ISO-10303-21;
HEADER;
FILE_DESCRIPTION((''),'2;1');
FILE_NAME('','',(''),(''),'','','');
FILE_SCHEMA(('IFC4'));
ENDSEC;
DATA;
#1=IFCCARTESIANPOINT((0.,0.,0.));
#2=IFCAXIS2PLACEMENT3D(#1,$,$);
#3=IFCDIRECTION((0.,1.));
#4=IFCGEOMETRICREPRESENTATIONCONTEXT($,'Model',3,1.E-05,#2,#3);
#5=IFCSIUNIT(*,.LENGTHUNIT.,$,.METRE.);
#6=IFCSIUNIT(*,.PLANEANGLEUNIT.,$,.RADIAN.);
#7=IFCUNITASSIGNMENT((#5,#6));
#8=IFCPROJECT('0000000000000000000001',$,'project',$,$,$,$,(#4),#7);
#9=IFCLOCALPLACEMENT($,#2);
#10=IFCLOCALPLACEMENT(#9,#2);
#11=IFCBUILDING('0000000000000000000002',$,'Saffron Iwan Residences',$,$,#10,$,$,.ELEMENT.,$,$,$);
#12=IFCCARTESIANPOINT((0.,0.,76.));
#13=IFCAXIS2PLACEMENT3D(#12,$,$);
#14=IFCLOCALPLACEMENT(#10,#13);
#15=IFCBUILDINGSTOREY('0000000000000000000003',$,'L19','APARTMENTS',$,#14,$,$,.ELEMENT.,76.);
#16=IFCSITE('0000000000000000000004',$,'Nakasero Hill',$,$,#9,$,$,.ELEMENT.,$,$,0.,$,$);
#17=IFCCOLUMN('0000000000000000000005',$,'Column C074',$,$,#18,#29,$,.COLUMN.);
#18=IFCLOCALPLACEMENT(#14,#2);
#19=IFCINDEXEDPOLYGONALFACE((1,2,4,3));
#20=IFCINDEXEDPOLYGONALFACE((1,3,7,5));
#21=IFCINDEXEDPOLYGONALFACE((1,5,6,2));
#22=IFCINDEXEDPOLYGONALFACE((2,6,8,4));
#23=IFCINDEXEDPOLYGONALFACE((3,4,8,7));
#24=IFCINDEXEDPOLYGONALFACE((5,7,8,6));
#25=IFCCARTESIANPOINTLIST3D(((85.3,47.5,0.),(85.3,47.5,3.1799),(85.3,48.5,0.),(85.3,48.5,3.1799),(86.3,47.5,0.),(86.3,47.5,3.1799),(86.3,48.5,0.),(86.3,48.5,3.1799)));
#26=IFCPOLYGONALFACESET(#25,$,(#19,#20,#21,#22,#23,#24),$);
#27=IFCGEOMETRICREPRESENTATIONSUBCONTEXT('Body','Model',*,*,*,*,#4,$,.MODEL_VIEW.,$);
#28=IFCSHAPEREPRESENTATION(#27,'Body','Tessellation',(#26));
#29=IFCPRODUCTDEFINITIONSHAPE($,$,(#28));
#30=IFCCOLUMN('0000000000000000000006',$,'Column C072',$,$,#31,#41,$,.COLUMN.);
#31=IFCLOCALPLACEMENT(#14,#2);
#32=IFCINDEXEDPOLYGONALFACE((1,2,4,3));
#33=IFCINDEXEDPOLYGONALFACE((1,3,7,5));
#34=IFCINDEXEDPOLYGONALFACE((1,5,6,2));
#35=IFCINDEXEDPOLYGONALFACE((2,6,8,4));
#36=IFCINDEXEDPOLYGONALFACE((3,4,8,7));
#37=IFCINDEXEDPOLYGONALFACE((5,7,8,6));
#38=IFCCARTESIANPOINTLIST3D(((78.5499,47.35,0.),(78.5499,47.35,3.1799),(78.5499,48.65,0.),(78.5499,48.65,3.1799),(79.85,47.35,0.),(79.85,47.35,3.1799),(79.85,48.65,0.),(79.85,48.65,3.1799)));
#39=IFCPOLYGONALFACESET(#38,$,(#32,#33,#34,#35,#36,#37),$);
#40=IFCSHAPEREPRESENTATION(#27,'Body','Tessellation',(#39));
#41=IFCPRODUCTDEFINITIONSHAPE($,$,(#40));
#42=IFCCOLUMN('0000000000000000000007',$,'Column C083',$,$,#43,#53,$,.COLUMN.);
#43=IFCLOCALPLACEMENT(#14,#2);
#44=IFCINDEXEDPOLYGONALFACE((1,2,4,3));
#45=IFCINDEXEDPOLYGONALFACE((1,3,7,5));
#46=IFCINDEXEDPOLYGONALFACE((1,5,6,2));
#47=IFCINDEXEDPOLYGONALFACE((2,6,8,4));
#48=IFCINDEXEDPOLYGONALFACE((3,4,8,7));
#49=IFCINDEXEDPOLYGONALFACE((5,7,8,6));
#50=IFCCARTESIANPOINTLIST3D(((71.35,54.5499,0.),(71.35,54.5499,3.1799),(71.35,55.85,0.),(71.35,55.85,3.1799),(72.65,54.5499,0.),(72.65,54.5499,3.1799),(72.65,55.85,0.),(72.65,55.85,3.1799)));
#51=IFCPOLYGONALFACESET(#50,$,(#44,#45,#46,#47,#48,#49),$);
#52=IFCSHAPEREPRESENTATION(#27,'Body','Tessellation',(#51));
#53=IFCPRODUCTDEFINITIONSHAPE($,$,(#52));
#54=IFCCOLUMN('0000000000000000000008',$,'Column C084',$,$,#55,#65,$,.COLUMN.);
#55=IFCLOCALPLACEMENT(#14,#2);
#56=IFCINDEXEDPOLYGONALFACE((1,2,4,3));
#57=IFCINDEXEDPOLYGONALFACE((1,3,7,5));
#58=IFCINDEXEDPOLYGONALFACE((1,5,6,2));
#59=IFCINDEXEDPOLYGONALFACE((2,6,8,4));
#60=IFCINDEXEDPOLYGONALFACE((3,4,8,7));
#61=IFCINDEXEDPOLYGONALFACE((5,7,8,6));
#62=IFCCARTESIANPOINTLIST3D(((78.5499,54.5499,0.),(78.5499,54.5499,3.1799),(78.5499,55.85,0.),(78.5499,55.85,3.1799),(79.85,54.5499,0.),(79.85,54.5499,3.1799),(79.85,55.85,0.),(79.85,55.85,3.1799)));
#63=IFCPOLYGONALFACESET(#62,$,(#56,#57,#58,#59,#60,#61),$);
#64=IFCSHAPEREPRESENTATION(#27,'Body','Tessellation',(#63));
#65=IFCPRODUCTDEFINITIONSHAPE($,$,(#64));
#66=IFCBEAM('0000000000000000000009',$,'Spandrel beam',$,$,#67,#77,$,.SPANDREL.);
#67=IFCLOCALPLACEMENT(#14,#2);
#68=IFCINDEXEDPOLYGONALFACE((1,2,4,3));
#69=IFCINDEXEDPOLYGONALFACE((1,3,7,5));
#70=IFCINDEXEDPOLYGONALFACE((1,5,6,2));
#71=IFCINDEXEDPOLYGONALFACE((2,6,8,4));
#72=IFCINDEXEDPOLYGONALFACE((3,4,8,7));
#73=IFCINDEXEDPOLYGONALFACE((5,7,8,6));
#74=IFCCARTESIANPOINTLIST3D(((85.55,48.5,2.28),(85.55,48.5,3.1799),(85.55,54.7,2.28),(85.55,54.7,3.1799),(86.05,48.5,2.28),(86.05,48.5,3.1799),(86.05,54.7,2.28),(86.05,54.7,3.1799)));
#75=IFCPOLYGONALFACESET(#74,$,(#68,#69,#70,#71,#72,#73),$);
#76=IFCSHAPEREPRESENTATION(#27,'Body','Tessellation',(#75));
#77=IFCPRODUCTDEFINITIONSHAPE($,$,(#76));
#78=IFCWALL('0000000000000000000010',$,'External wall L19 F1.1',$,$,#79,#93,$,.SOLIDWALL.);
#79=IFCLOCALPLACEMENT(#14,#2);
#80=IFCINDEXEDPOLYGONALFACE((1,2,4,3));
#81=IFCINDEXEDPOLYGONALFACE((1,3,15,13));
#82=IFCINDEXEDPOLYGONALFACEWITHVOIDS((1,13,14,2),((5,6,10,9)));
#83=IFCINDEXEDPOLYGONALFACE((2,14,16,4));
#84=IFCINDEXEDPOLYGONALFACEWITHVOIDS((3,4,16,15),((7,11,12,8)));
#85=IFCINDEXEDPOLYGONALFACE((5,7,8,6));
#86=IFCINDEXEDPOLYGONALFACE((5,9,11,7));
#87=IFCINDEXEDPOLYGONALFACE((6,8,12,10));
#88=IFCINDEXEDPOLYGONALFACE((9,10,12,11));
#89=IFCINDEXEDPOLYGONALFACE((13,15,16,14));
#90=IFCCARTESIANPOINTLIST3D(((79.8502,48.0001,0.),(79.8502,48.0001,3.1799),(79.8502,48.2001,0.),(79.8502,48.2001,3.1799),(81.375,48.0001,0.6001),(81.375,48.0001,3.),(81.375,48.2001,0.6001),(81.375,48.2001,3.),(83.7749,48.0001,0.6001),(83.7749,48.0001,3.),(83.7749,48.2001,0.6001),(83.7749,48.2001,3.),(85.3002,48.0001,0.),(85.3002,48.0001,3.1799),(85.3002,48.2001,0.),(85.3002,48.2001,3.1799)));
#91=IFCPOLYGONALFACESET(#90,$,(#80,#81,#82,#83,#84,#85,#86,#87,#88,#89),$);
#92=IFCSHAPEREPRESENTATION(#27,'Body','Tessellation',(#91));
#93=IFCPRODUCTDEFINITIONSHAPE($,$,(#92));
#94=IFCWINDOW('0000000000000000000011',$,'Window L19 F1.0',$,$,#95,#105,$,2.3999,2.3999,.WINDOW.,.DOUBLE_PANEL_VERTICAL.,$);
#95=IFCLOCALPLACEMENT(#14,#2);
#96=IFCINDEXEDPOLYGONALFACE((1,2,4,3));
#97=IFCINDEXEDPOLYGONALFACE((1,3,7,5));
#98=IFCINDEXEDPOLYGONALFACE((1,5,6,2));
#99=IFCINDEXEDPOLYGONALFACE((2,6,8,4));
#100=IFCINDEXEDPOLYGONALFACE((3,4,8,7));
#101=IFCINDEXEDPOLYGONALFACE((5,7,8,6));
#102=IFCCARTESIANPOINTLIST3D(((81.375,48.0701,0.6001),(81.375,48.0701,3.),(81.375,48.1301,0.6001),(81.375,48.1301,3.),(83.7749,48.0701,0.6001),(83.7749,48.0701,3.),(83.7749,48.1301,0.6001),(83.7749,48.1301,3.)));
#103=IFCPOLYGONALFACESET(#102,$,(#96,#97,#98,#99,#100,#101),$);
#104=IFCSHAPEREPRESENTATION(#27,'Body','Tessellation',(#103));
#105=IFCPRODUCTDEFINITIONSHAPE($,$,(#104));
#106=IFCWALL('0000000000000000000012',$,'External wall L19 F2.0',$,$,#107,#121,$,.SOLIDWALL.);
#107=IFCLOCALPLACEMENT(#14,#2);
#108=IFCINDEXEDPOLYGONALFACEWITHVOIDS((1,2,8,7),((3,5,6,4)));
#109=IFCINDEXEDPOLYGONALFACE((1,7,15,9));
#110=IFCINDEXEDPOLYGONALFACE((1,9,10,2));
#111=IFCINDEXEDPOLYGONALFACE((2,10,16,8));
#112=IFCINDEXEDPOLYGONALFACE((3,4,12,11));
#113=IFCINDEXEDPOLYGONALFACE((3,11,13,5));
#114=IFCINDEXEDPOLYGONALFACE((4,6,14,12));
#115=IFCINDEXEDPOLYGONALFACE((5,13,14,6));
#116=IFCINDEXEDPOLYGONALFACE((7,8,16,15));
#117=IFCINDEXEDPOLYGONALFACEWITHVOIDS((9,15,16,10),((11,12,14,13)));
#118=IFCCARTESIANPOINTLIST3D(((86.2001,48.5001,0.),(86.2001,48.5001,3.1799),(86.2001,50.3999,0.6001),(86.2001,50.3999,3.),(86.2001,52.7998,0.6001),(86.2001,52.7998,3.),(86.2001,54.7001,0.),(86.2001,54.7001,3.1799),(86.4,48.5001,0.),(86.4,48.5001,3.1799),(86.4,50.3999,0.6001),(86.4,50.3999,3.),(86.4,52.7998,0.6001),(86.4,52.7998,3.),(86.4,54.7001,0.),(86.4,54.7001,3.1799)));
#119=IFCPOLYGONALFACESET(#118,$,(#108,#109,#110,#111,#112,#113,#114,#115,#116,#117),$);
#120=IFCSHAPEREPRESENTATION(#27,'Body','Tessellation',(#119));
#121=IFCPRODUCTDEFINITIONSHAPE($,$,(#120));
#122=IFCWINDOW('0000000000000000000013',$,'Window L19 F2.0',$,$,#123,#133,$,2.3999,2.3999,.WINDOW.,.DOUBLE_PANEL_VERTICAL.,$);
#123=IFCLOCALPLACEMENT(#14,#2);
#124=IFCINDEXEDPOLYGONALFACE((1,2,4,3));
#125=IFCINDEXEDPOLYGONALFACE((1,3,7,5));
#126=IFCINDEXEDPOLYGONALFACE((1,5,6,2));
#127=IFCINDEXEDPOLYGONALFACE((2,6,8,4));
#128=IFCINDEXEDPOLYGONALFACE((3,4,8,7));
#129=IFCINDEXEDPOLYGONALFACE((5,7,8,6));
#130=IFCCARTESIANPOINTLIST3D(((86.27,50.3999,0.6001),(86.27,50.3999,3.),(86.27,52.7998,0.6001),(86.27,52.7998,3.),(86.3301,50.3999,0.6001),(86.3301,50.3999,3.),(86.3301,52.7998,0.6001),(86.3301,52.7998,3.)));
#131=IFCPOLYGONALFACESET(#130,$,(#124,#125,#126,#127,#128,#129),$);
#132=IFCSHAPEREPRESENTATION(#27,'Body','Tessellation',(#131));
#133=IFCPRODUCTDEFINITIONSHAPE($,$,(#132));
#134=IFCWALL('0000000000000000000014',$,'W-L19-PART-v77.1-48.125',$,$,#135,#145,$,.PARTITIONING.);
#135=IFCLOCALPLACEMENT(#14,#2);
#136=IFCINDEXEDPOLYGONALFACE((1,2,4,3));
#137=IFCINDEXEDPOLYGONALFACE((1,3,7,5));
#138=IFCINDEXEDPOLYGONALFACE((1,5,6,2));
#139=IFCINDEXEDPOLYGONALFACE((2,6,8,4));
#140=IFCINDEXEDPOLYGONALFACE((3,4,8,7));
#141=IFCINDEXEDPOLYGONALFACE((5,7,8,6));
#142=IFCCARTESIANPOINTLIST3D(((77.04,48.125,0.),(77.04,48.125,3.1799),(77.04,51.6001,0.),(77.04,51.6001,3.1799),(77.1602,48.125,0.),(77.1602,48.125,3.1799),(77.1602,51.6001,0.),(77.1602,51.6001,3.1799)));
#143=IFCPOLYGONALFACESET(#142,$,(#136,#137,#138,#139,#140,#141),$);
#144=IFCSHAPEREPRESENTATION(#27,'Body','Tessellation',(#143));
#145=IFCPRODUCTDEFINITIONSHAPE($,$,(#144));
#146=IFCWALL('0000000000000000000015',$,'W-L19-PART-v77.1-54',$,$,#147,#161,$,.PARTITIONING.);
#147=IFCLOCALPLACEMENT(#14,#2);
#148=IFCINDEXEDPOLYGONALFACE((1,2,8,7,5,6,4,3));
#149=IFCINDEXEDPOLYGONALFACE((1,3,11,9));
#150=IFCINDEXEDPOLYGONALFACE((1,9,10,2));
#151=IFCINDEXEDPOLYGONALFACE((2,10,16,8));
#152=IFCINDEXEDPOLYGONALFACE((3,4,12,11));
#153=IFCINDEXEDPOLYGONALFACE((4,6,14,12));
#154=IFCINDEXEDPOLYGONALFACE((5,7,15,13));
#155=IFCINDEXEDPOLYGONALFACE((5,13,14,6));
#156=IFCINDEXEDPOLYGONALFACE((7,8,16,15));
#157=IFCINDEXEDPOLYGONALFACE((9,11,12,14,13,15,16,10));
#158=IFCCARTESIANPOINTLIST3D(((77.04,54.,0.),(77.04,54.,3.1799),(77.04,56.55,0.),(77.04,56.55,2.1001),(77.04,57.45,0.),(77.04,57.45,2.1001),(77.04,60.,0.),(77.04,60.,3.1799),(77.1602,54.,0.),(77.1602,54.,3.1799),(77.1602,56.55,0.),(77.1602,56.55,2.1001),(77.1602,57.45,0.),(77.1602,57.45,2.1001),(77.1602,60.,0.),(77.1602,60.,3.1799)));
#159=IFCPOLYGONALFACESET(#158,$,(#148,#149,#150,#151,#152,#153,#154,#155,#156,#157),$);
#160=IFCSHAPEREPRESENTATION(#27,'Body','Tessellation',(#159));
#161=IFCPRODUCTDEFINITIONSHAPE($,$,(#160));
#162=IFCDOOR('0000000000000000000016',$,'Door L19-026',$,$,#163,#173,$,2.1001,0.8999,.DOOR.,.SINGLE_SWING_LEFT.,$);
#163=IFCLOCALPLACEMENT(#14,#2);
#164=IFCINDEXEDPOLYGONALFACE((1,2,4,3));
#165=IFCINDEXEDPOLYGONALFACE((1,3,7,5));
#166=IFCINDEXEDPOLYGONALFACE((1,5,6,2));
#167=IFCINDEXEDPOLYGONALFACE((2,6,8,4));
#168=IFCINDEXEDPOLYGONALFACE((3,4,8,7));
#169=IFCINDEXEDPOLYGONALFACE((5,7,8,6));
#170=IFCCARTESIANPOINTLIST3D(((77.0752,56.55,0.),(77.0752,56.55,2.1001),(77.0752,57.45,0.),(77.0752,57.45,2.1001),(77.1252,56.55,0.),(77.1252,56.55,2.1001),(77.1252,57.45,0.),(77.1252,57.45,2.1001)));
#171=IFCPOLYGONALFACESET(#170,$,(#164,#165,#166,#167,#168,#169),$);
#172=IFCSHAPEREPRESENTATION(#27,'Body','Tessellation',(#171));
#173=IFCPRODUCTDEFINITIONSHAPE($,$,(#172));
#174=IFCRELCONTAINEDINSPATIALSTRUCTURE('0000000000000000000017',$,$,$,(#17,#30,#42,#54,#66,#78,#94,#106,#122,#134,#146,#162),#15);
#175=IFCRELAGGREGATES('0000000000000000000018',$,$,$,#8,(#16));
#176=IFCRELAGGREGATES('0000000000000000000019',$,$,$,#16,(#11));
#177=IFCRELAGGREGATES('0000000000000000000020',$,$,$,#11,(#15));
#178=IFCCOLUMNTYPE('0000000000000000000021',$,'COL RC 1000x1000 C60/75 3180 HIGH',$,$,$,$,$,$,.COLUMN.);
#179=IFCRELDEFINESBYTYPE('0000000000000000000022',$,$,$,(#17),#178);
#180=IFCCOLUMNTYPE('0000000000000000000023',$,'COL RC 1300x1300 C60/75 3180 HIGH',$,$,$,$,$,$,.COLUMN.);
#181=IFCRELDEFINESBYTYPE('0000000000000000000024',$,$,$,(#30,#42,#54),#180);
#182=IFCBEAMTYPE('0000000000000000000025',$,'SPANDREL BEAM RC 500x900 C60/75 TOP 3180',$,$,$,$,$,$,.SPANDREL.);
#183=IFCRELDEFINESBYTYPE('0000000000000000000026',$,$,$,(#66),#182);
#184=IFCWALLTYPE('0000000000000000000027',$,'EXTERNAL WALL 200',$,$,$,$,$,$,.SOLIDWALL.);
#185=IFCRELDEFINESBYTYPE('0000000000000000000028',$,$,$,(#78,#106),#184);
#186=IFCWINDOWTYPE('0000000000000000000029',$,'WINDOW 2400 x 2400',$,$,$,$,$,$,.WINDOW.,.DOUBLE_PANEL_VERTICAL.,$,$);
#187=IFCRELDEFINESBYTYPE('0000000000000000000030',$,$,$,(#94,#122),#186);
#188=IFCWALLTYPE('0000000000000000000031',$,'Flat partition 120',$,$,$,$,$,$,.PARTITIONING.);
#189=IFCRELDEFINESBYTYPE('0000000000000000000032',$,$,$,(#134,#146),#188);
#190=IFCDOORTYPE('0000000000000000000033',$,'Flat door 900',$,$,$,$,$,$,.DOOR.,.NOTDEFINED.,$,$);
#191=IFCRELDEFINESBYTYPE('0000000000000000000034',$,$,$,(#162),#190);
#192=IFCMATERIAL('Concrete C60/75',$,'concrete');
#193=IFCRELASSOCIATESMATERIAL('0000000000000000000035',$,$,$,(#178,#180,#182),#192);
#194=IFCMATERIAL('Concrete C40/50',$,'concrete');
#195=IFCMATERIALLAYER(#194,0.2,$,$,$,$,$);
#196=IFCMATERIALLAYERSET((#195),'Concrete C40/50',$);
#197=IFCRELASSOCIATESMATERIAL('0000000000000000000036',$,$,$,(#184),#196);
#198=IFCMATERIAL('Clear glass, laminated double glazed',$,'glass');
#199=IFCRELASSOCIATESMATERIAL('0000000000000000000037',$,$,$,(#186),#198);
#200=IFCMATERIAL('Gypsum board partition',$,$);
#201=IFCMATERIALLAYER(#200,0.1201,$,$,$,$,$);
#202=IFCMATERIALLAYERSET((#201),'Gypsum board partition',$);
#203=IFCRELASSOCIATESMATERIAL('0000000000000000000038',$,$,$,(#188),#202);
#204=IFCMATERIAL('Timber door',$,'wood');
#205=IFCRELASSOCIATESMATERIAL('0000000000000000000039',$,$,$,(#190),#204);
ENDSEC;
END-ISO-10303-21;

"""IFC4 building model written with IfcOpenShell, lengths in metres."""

from ifc_helpers import new_model, si_unit, direction, frame, frame_2d, origin, origin_2d, place, context, subcontext, project, spatial, rectangle, extrude, source, transform, mapped, material, layer, layer_set, material_profile, profile_set, type_object, element, fill, save


model = new_model("IFC4")

# Units and contexts
model_context = context("Model", 3, precision=1e-05, world=origin(), true_north=direction((0.0, 1.0)))
body_context = subcontext(model_context, "Body", "Model", "MODEL_VIEW")
ifc_project = project(units=[si_unit("LENGTHUNIT", "METRE"), si_unit("PLANEANGLEUNIT", "RADIAN")], contexts=[model_context])

# Site, building, storey
site_placement = place(None, origin())
site = spatial("IfcSite", under=ifc_project, at=site_placement, Name="Nakasero Hill", CompositionType="ELEMENT", RefElevation=0.0)
building_placement = place(site_placement, origin())
building = spatial("IfcBuilding", under=site, at=building_placement, Name="Saffron Iwan Residences", CompositionType="ELEMENT")
storey_placement = place(building_placement, frame((0.0, 0.0, 76.0)))
storey = spatial("IfcBuildingStorey", under=building, at=storey_placement, Name="L19", Description="APARTMENTS", CompositionType="ELEMENT", Elevation=76.0)

# Columns
ifc_material_1 = material(Name="Concrete C60/75", Category="concrete")
ifc_material_profile_1 = material_profile(ifc_material_1, rectangle(XDim=1.0, YDim=1.0, at=origin_2d()), Name="RC 1000x1000")
ifc_profile_set_1 = profile_set([ifc_material_profile_1], Name="Concrete C60/75")
column_type_1 = type_object("IfcColumnType", Name="COL RC 1000x1000 C60/75 3180 HIGH", PredefinedType="COLUMN", material=ifc_profile_set_1)
shared_shape_1 = source(origin(), body_context, "Body", "SweptSolid", [
    extrude(rectangle(XDim=1.0, YDim=1.0, at=origin_2d()), origin(), (0.0, 0.0, 1.0), 3.1799),
])
column_placement = place(storey_placement, frame((85.8, 48.0, 0.0), z_axis=(0.0, 0.0, 1.0), x_axis=(1.0, 0.0, 0.0)))
element("IfcColumn", 1, at=column_placement, inside=storey, type_object=column_type_1, Name="Column C074", PredefinedType="COLUMN", context=body_context, shape_type="MappedRepresentation", body=[
    mapped(shared_shape_1, transform((0.0, 0.0, 0.0))),
])
ifc_material_profile_2 = material_profile(ifc_material_1, rectangle(XDim=1.3, YDim=1.3, at=origin_2d()), Name="RC 1300x1300")
ifc_profile_set_2 = profile_set([ifc_material_profile_2], Name="Concrete C60/75")
column_type_2 = type_object("IfcColumnType", Name="COL RC 1300x1300 C60/75 3180 HIGH", PredefinedType="COLUMN", material=ifc_profile_set_2)
shared_shape_2 = source(origin(), body_context, "Body", "SweptSolid", [
    extrude(rectangle(XDim=1.3, YDim=1.3, at=origin_2d()), origin(), (0.0, 0.0, 1.0), 3.1799),
])
for number, where, z_axis, x_axis, name in (
    (2, (79.2, 48.0, 0.0), (0.0, 0.0, 1.0), (1.0, 0.0, 0.0), "Column C072"),
    (3, (72.0, 55.2, 0.0), (0.0, 0.0, 1.0), (1.0, 0.0, 0.0), "Column C083"),
    (4, (79.2, 55.2, 0.0), (0.0, 0.0, 1.0), (1.0, 0.0, 0.0), "Column C084"),
):
    element("IfcColumn", number, at=place(storey_placement, frame(where, z_axis=z_axis, x_axis=x_axis)), inside=storey, type_object=column_type_2, Name=name, PredefinedType="COLUMN", context=body_context, shape_type="MappedRepresentation", body=[
        mapped(shared_shape_2, transform((0.0, 0.0, 0.0))),
    ])

# Beam
ifc_material_profile_3 = material_profile(ifc_material_1, rectangle(XDim=0.5, YDim=0.8999, at=origin_2d()), Name="RC 500x900")
ifc_profile_set_3 = profile_set([ifc_material_profile_3], Name="Concrete C60/75")
beam_type = type_object("IfcBeamType", Name="SPANDREL BEAM RC 500x900 C60/75 TOP 3180", PredefinedType="SPANDREL", material=ifc_profile_set_3)
shared_shape_3 = source(origin(), body_context, "Body", "SweptSolid", [
    extrude(rectangle(XDim=0.5, YDim=0.8999, at=origin_2d()), origin(), (0.0, 0.0, 1.0), 6.2),
])
beam_placement = place(storey_placement, frame((85.8, 54.7, 2.73), z_axis=(0.0, -1.0, 0.0), x_axis=(1.0, 0.0, 0.0)))
element("IfcBeam", 5, at=beam_placement, inside=storey, type_object=beam_type, Name="Spandrel beam", PredefinedType="SPANDREL", context=body_context, shape_type="MappedRepresentation", body=[
    mapped(shared_shape_3, transform((0.0, 0.0, 0.0))),
])

# Walls, openings, windows
ifc_material_2 = material(Name="Concrete C40/50", Category="concrete")
ifc_layer_1 = layer(ifc_material_2, 0.2)
ifc_layer_set_1 = layer_set([ifc_layer_1], Name="Concrete C40/50")
wall_type_1 = type_object("IfcWallType", Name="EXTERNAL WALL 200", PredefinedType="SOLIDWALL", material=ifc_layer_set_1)
wall_1_placement = place(storey_placement, frame((79.8501, 48.1001, 0.0), z_axis=(0.0, 0.0, 1.0), x_axis=(1.0, 0.0, 0.0)))
wall_1 = element("IfcWall", 6, at=wall_1_placement, inside=storey, type_object=wall_type_1, Name="External wall L19 F1.1", PredefinedType="SOLIDWALL", context=body_context, shape_type="SweptSolid", body=[
    extrude(rectangle(XDim=5.45, YDim=0.2, at=frame_2d((2.7251, 0.0))), origin(), (0.0, 0.0, 1.0), 3.1799),
])
opening_1_placement = place(wall_1_placement, frame((1.5249, 0.0, 0.6001)))
opening_1 = element("IfcOpeningElement", 7, at=opening_1_placement, cuts=wall_1, PredefinedType="OPENING", context=body_context, shape_type="SweptSolid", body=[
    extrude(rectangle(XDim=2.3999, YDim=2.3999, at=frame_2d((1.2, 1.2))), frame((0.0, 0.1099, 0.0), z_axis=(0.0, -1.0, 0.0), x_axis=(1.0, 0.0, 0.0)), (0.0, 0.0, 1.0), 0.22),
])
ifc_material_3 = material(Name="Clear glass, laminated double glazed", Category="glass")
window_type = type_object("IfcWindowType", Name="WINDOW 2400 x 2400", PartitioningType="DOUBLE_PANEL_VERTICAL", PredefinedType="WINDOW", material=ifc_material_3)
window_1_placement = place(opening_1_placement, origin())
window_1 = element("IfcWindow", 8, at=window_1_placement, inside=storey, type_object=window_type, Name="Window L19 F1.0", OverallHeight=2.3999, OverallWidth=2.3999, PartitioningType="DOUBLE_PANEL_VERTICAL", PredefinedType="WINDOW", context=body_context, shape_type="SweptSolid", body=[
    extrude(rectangle(XDim=2.3999, YDim=2.3999, at=frame_2d((1.2, 1.2))), frame((0.0, 0.03, 0.0), z_axis=(0.0, -1.0, 0.0), x_axis=(1.0, 0.0, 0.0)), (0.0, 0.0, 1.0), 0.0601),
])
fill(opening_1, window_1)
wall_2_placement = place(storey_placement, frame((86.3, 48.5, 0.0), z_axis=(0.0, 0.0, 1.0), x_axis=(0.0, 1.0, 0.0)))
wall_2 = element("IfcWall", 9, at=wall_2_placement, inside=storey, type_object=wall_type_1, Name="External wall L19 F2.0", PredefinedType="SOLIDWALL", context=body_context, shape_type="SweptSolid", body=[
    extrude(rectangle(XDim=6.2, YDim=0.2, at=frame_2d((3.1001, 0.0))), origin(), (0.0, 0.0, 1.0), 3.1799),
])
opening_2_placement = place(wall_2_placement, frame((1.8999, 0.0, 0.6001)))
opening_2 = element("IfcOpeningElement", 10, at=opening_2_placement, cuts=wall_2, PredefinedType="OPENING", context=body_context, shape_type="SweptSolid", body=[
    extrude(rectangle(XDim=2.3999, YDim=2.3999, at=frame_2d((1.2, 1.2))), frame((0.0, 0.1099, 0.0), z_axis=(0.0, -1.0, 0.0), x_axis=(1.0, 0.0, 0.0)), (0.0, 0.0, 1.0), 0.22),
])
window_2_placement = place(opening_2_placement, origin())
window_2 = element("IfcWindow", 11, at=window_2_placement, inside=storey, type_object=window_type, Name="Window L19 F2.0", OverallHeight=2.3999, OverallWidth=2.3999, PartitioningType="DOUBLE_PANEL_VERTICAL", PredefinedType="WINDOW", context=body_context, shape_type="SweptSolid", body=[
    extrude(rectangle(XDim=2.3999, YDim=2.3999, at=frame_2d((1.2, 1.2))), frame((0.0, 0.03, 0.0), z_axis=(0.0, -1.0, 0.0), x_axis=(1.0, 0.0, 0.0)), (0.0, 0.0, 1.0), 0.0601),
])
fill(opening_2, window_2)

# Wall
ifc_material_4 = material(Name="Gypsum board partition")
ifc_layer_2 = layer(ifc_material_4, 0.1201)
ifc_layer_set_2 = layer_set([ifc_layer_2], Name="Gypsum board partition")
wall_type_2 = type_object("IfcWallType", Name="Flat partition 120", PredefinedType="PARTITIONING", material=ifc_layer_set_2)
wall_3_placement = place(storey_placement, frame((77.1001, 48.125, 0.0), z_axis=(0.0, 0.0, 1.0), x_axis=(0.0, 1.0, 0.0)))
element("IfcWall", 12, at=wall_3_placement, inside=storey, type_object=wall_type_2, Name="W-L19-PART-v77.1-48.125", PredefinedType="PARTITIONING", context=body_context, shape_type="SweptSolid", body=[
    extrude(rectangle(XDim=3.4751, YDim=0.1201, at=frame_2d((1.7375, 0.0))), origin(), (0.0, 0.0, 1.0), 3.1799),
])

# Wall, opening, door
wall_4_placement = place(storey_placement, frame((77.1001, 54.0, 0.0), z_axis=(0.0, 0.0, 1.0), x_axis=(0.0, 1.0, 0.0)))
wall_4 = element("IfcWall", 13, at=wall_4_placement, inside=storey, type_object=wall_type_2, Name="W-L19-PART-v77.1-54", PredefinedType="PARTITIONING", context=body_context, shape_type="SweptSolid", body=[
    extrude(rectangle(XDim=6.0, YDim=0.1201, at=frame_2d((3.0, 0.0))), origin(), (0.0, 0.0, 1.0), 3.1799),
])
opening_3_placement = place(wall_4_placement, frame((2.55, 0.0, 0.0)))
opening_3 = element("IfcOpeningElement", 14, at=opening_3_placement, cuts=wall_4, PredefinedType="OPENING", context=body_context, shape_type="SweptSolid", body=[
    extrude(rectangle(XDim=0.8999, YDim=2.1001, at=frame_2d((0.45, 1.05))), frame((0.0, 0.0701, 0.0), z_axis=(0.0, -1.0, 0.0), x_axis=(1.0, 0.0, 0.0)), (0.0, 0.0, 1.0), 0.1401),
])
ifc_material_5 = material(Name="Timber door", Category="wood")
door_type_1 = type_object("IfcDoorType", Name="Flat door 900", OperationType="NOTDEFINED", PredefinedType="DOOR", material=ifc_material_5)
door_1_placement = place(opening_3_placement, origin())
door_1 = element("IfcDoor", 15, at=door_1_placement, inside=storey, type_object=door_type_1, Name="Door L19-026", OperationType="SINGLE_SWING_LEFT", OverallHeight=2.1001, OverallWidth=0.8999, PredefinedType="DOOR", context=body_context, shape_type="SweptSolid", body=[
    extrude(rectangle(XDim=0.8999, YDim=2.1001, at=frame_2d((0.45, 1.05))), frame((0.0, 0.0249, 0.0), z_axis=(0.0, -1.0, 0.0), x_axis=(1.0, 0.0, 0.0)), (0.0, 0.0, 1.0), 0.05),
])
fill(opening_3, door_1)

save(model, "model.ifc")
